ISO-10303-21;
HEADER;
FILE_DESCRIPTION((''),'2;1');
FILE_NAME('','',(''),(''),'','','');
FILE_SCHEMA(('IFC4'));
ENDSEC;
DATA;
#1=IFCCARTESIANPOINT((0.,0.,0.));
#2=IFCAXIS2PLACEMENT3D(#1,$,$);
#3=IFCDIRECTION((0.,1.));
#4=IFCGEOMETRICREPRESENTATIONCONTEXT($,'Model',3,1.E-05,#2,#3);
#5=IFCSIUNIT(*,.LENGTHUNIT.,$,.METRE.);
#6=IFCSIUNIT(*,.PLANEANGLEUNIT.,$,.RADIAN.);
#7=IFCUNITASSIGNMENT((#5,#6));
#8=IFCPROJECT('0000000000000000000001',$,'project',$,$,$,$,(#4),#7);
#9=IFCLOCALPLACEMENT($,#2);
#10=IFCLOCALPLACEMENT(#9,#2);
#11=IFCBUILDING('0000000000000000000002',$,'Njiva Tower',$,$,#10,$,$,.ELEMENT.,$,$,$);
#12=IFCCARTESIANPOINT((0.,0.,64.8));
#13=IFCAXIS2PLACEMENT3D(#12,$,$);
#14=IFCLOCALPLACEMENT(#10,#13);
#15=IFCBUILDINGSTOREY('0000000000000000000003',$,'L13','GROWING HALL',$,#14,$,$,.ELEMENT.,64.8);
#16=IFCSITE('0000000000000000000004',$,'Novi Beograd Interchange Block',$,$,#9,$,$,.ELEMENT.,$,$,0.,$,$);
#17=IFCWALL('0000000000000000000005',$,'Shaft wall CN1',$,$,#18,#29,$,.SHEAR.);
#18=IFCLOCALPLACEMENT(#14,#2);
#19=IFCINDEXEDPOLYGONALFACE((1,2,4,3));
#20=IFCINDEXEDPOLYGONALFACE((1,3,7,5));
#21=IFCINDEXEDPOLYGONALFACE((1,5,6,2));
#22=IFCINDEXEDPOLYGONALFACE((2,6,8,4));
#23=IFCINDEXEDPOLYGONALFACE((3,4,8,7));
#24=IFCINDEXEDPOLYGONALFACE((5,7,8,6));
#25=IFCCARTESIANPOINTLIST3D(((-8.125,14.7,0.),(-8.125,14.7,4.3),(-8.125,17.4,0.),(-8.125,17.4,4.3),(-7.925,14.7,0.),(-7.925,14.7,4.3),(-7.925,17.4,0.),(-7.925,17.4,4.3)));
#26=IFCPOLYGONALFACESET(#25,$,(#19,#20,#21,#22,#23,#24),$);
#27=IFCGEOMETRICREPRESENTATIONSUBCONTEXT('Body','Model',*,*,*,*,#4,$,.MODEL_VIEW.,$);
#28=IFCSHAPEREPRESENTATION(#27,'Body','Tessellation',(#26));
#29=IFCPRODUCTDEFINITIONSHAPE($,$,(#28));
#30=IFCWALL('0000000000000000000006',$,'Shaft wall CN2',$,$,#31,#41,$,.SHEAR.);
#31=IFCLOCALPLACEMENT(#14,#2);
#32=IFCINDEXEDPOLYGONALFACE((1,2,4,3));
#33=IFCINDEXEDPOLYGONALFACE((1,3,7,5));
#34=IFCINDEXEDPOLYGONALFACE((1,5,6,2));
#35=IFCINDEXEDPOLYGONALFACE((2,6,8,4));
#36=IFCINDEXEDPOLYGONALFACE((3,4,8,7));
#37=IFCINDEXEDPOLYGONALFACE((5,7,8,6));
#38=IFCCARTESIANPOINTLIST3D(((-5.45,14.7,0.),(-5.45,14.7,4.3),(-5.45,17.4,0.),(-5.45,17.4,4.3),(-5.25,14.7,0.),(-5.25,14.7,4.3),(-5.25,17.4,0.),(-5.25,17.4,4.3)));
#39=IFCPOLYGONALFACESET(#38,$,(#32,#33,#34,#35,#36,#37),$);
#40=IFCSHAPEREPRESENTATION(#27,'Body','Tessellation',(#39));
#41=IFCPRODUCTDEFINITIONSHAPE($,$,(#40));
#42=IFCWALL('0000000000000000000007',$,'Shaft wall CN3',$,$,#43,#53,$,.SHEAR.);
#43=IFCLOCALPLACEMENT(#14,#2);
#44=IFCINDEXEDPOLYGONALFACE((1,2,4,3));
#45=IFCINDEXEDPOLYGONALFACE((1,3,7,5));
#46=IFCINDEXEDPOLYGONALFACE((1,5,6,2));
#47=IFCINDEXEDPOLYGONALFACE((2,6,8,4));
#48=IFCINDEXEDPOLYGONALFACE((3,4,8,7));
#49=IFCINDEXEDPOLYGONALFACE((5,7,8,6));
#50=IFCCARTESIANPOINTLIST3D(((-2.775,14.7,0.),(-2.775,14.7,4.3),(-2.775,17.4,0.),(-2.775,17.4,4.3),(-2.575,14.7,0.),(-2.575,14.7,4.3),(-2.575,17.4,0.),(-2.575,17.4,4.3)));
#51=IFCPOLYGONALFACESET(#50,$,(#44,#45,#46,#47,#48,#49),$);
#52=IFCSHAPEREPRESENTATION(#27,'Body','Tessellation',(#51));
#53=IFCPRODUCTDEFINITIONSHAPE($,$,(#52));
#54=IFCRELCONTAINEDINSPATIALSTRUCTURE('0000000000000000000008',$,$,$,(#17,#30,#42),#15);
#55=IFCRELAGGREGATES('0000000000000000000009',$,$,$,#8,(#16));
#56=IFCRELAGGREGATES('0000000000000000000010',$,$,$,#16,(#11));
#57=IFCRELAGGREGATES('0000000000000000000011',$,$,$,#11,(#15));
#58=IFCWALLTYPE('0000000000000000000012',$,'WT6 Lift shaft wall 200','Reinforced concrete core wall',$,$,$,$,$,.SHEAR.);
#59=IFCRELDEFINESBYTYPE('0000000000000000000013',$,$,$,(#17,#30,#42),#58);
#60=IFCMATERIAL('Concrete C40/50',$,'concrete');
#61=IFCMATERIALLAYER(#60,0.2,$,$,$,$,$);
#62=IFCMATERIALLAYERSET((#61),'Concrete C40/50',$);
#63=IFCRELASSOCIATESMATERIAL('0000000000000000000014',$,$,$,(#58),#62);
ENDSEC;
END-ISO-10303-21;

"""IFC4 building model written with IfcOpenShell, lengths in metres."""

from ifc_helpers import new_model, si_unit, direction, frame, frame_2d, origin, place, context, subcontext, project, spatial, rectangle, extrude, material, layer, layer_set, type_object, element, save


model = new_model("IFC4")

# Units and contexts
model_context = context("Model", 3, precision=1e-05, world=origin(), true_north=direction((0.0, 1.0)))
body_context = subcontext(model_context, "Body", "Model", "MODEL_VIEW")
ifc_project = project(units=[si_unit("LENGTHUNIT", "METRE"), si_unit("PLANEANGLEUNIT", "RADIAN")], contexts=[model_context])

# Site, building, storey
site_placement = place(None, origin())
site = spatial("IfcSite", under=ifc_project, at=site_placement, Name="Novi Beograd Interchange Block", CompositionType="ELEMENT", RefElevation=0.0)
building_placement = place(site_placement, origin())
building = spatial("IfcBuilding", under=site, at=building_placement, Name="Njiva Tower", CompositionType="ELEMENT")
storey_placement = place(building_placement, frame((0.0, 0.0, 64.8)))
storey = spatial("IfcBuildingStorey", under=building, at=storey_placement, Name="L13", Description="GROWING HALL", CompositionType="ELEMENT", Elevation=64.8)

# Walls
ifc_material_1 = material(Name="Concrete C40/50", Category="concrete")
ifc_layer_1 = layer(ifc_material_1, 0.2)
ifc_layer_set_1 = layer_set([ifc_layer_1], Name="Concrete C40/50")
wall_type_1 = type_object("IfcWallType", Name="WT6 Lift shaft wall 200", Description="Reinforced concrete core wall", PredefinedType="SHEAR", material=ifc_layer_set_1)
for number, where, z_axis, x_axis, name in (
    (1, (-8.025, 14.7, 0.0), (0.0, 0.0, 1.0), (0.0, 1.0, 0.0), "Shaft wall CN1"),
    (2, (-5.35, 14.7, 0.0), (0.0, 0.0, 1.0), (0.0, 1.0, 0.0), "Shaft wall CN2"),
    (3, (-2.675, 14.7, 0.0), (0.0, 0.0, 1.0), (0.0, 1.0, 0.0), "Shaft wall CN3"),
):
    element("IfcWall", number, at=place(storey_placement, frame(where, z_axis=z_axis, x_axis=x_axis)), inside=storey, type_object=wall_type_1, Name=name, PredefinedType="SHEAR", context=body_context, shape_type="SweptSolid", body=[
        extrude(rectangle(XDim=2.7, YDim=0.2, at=frame_2d((1.35, 0.0))), origin(), (0.0, 0.0, 1.0), 4.3),
    ])

save(model, "model.ifc")
